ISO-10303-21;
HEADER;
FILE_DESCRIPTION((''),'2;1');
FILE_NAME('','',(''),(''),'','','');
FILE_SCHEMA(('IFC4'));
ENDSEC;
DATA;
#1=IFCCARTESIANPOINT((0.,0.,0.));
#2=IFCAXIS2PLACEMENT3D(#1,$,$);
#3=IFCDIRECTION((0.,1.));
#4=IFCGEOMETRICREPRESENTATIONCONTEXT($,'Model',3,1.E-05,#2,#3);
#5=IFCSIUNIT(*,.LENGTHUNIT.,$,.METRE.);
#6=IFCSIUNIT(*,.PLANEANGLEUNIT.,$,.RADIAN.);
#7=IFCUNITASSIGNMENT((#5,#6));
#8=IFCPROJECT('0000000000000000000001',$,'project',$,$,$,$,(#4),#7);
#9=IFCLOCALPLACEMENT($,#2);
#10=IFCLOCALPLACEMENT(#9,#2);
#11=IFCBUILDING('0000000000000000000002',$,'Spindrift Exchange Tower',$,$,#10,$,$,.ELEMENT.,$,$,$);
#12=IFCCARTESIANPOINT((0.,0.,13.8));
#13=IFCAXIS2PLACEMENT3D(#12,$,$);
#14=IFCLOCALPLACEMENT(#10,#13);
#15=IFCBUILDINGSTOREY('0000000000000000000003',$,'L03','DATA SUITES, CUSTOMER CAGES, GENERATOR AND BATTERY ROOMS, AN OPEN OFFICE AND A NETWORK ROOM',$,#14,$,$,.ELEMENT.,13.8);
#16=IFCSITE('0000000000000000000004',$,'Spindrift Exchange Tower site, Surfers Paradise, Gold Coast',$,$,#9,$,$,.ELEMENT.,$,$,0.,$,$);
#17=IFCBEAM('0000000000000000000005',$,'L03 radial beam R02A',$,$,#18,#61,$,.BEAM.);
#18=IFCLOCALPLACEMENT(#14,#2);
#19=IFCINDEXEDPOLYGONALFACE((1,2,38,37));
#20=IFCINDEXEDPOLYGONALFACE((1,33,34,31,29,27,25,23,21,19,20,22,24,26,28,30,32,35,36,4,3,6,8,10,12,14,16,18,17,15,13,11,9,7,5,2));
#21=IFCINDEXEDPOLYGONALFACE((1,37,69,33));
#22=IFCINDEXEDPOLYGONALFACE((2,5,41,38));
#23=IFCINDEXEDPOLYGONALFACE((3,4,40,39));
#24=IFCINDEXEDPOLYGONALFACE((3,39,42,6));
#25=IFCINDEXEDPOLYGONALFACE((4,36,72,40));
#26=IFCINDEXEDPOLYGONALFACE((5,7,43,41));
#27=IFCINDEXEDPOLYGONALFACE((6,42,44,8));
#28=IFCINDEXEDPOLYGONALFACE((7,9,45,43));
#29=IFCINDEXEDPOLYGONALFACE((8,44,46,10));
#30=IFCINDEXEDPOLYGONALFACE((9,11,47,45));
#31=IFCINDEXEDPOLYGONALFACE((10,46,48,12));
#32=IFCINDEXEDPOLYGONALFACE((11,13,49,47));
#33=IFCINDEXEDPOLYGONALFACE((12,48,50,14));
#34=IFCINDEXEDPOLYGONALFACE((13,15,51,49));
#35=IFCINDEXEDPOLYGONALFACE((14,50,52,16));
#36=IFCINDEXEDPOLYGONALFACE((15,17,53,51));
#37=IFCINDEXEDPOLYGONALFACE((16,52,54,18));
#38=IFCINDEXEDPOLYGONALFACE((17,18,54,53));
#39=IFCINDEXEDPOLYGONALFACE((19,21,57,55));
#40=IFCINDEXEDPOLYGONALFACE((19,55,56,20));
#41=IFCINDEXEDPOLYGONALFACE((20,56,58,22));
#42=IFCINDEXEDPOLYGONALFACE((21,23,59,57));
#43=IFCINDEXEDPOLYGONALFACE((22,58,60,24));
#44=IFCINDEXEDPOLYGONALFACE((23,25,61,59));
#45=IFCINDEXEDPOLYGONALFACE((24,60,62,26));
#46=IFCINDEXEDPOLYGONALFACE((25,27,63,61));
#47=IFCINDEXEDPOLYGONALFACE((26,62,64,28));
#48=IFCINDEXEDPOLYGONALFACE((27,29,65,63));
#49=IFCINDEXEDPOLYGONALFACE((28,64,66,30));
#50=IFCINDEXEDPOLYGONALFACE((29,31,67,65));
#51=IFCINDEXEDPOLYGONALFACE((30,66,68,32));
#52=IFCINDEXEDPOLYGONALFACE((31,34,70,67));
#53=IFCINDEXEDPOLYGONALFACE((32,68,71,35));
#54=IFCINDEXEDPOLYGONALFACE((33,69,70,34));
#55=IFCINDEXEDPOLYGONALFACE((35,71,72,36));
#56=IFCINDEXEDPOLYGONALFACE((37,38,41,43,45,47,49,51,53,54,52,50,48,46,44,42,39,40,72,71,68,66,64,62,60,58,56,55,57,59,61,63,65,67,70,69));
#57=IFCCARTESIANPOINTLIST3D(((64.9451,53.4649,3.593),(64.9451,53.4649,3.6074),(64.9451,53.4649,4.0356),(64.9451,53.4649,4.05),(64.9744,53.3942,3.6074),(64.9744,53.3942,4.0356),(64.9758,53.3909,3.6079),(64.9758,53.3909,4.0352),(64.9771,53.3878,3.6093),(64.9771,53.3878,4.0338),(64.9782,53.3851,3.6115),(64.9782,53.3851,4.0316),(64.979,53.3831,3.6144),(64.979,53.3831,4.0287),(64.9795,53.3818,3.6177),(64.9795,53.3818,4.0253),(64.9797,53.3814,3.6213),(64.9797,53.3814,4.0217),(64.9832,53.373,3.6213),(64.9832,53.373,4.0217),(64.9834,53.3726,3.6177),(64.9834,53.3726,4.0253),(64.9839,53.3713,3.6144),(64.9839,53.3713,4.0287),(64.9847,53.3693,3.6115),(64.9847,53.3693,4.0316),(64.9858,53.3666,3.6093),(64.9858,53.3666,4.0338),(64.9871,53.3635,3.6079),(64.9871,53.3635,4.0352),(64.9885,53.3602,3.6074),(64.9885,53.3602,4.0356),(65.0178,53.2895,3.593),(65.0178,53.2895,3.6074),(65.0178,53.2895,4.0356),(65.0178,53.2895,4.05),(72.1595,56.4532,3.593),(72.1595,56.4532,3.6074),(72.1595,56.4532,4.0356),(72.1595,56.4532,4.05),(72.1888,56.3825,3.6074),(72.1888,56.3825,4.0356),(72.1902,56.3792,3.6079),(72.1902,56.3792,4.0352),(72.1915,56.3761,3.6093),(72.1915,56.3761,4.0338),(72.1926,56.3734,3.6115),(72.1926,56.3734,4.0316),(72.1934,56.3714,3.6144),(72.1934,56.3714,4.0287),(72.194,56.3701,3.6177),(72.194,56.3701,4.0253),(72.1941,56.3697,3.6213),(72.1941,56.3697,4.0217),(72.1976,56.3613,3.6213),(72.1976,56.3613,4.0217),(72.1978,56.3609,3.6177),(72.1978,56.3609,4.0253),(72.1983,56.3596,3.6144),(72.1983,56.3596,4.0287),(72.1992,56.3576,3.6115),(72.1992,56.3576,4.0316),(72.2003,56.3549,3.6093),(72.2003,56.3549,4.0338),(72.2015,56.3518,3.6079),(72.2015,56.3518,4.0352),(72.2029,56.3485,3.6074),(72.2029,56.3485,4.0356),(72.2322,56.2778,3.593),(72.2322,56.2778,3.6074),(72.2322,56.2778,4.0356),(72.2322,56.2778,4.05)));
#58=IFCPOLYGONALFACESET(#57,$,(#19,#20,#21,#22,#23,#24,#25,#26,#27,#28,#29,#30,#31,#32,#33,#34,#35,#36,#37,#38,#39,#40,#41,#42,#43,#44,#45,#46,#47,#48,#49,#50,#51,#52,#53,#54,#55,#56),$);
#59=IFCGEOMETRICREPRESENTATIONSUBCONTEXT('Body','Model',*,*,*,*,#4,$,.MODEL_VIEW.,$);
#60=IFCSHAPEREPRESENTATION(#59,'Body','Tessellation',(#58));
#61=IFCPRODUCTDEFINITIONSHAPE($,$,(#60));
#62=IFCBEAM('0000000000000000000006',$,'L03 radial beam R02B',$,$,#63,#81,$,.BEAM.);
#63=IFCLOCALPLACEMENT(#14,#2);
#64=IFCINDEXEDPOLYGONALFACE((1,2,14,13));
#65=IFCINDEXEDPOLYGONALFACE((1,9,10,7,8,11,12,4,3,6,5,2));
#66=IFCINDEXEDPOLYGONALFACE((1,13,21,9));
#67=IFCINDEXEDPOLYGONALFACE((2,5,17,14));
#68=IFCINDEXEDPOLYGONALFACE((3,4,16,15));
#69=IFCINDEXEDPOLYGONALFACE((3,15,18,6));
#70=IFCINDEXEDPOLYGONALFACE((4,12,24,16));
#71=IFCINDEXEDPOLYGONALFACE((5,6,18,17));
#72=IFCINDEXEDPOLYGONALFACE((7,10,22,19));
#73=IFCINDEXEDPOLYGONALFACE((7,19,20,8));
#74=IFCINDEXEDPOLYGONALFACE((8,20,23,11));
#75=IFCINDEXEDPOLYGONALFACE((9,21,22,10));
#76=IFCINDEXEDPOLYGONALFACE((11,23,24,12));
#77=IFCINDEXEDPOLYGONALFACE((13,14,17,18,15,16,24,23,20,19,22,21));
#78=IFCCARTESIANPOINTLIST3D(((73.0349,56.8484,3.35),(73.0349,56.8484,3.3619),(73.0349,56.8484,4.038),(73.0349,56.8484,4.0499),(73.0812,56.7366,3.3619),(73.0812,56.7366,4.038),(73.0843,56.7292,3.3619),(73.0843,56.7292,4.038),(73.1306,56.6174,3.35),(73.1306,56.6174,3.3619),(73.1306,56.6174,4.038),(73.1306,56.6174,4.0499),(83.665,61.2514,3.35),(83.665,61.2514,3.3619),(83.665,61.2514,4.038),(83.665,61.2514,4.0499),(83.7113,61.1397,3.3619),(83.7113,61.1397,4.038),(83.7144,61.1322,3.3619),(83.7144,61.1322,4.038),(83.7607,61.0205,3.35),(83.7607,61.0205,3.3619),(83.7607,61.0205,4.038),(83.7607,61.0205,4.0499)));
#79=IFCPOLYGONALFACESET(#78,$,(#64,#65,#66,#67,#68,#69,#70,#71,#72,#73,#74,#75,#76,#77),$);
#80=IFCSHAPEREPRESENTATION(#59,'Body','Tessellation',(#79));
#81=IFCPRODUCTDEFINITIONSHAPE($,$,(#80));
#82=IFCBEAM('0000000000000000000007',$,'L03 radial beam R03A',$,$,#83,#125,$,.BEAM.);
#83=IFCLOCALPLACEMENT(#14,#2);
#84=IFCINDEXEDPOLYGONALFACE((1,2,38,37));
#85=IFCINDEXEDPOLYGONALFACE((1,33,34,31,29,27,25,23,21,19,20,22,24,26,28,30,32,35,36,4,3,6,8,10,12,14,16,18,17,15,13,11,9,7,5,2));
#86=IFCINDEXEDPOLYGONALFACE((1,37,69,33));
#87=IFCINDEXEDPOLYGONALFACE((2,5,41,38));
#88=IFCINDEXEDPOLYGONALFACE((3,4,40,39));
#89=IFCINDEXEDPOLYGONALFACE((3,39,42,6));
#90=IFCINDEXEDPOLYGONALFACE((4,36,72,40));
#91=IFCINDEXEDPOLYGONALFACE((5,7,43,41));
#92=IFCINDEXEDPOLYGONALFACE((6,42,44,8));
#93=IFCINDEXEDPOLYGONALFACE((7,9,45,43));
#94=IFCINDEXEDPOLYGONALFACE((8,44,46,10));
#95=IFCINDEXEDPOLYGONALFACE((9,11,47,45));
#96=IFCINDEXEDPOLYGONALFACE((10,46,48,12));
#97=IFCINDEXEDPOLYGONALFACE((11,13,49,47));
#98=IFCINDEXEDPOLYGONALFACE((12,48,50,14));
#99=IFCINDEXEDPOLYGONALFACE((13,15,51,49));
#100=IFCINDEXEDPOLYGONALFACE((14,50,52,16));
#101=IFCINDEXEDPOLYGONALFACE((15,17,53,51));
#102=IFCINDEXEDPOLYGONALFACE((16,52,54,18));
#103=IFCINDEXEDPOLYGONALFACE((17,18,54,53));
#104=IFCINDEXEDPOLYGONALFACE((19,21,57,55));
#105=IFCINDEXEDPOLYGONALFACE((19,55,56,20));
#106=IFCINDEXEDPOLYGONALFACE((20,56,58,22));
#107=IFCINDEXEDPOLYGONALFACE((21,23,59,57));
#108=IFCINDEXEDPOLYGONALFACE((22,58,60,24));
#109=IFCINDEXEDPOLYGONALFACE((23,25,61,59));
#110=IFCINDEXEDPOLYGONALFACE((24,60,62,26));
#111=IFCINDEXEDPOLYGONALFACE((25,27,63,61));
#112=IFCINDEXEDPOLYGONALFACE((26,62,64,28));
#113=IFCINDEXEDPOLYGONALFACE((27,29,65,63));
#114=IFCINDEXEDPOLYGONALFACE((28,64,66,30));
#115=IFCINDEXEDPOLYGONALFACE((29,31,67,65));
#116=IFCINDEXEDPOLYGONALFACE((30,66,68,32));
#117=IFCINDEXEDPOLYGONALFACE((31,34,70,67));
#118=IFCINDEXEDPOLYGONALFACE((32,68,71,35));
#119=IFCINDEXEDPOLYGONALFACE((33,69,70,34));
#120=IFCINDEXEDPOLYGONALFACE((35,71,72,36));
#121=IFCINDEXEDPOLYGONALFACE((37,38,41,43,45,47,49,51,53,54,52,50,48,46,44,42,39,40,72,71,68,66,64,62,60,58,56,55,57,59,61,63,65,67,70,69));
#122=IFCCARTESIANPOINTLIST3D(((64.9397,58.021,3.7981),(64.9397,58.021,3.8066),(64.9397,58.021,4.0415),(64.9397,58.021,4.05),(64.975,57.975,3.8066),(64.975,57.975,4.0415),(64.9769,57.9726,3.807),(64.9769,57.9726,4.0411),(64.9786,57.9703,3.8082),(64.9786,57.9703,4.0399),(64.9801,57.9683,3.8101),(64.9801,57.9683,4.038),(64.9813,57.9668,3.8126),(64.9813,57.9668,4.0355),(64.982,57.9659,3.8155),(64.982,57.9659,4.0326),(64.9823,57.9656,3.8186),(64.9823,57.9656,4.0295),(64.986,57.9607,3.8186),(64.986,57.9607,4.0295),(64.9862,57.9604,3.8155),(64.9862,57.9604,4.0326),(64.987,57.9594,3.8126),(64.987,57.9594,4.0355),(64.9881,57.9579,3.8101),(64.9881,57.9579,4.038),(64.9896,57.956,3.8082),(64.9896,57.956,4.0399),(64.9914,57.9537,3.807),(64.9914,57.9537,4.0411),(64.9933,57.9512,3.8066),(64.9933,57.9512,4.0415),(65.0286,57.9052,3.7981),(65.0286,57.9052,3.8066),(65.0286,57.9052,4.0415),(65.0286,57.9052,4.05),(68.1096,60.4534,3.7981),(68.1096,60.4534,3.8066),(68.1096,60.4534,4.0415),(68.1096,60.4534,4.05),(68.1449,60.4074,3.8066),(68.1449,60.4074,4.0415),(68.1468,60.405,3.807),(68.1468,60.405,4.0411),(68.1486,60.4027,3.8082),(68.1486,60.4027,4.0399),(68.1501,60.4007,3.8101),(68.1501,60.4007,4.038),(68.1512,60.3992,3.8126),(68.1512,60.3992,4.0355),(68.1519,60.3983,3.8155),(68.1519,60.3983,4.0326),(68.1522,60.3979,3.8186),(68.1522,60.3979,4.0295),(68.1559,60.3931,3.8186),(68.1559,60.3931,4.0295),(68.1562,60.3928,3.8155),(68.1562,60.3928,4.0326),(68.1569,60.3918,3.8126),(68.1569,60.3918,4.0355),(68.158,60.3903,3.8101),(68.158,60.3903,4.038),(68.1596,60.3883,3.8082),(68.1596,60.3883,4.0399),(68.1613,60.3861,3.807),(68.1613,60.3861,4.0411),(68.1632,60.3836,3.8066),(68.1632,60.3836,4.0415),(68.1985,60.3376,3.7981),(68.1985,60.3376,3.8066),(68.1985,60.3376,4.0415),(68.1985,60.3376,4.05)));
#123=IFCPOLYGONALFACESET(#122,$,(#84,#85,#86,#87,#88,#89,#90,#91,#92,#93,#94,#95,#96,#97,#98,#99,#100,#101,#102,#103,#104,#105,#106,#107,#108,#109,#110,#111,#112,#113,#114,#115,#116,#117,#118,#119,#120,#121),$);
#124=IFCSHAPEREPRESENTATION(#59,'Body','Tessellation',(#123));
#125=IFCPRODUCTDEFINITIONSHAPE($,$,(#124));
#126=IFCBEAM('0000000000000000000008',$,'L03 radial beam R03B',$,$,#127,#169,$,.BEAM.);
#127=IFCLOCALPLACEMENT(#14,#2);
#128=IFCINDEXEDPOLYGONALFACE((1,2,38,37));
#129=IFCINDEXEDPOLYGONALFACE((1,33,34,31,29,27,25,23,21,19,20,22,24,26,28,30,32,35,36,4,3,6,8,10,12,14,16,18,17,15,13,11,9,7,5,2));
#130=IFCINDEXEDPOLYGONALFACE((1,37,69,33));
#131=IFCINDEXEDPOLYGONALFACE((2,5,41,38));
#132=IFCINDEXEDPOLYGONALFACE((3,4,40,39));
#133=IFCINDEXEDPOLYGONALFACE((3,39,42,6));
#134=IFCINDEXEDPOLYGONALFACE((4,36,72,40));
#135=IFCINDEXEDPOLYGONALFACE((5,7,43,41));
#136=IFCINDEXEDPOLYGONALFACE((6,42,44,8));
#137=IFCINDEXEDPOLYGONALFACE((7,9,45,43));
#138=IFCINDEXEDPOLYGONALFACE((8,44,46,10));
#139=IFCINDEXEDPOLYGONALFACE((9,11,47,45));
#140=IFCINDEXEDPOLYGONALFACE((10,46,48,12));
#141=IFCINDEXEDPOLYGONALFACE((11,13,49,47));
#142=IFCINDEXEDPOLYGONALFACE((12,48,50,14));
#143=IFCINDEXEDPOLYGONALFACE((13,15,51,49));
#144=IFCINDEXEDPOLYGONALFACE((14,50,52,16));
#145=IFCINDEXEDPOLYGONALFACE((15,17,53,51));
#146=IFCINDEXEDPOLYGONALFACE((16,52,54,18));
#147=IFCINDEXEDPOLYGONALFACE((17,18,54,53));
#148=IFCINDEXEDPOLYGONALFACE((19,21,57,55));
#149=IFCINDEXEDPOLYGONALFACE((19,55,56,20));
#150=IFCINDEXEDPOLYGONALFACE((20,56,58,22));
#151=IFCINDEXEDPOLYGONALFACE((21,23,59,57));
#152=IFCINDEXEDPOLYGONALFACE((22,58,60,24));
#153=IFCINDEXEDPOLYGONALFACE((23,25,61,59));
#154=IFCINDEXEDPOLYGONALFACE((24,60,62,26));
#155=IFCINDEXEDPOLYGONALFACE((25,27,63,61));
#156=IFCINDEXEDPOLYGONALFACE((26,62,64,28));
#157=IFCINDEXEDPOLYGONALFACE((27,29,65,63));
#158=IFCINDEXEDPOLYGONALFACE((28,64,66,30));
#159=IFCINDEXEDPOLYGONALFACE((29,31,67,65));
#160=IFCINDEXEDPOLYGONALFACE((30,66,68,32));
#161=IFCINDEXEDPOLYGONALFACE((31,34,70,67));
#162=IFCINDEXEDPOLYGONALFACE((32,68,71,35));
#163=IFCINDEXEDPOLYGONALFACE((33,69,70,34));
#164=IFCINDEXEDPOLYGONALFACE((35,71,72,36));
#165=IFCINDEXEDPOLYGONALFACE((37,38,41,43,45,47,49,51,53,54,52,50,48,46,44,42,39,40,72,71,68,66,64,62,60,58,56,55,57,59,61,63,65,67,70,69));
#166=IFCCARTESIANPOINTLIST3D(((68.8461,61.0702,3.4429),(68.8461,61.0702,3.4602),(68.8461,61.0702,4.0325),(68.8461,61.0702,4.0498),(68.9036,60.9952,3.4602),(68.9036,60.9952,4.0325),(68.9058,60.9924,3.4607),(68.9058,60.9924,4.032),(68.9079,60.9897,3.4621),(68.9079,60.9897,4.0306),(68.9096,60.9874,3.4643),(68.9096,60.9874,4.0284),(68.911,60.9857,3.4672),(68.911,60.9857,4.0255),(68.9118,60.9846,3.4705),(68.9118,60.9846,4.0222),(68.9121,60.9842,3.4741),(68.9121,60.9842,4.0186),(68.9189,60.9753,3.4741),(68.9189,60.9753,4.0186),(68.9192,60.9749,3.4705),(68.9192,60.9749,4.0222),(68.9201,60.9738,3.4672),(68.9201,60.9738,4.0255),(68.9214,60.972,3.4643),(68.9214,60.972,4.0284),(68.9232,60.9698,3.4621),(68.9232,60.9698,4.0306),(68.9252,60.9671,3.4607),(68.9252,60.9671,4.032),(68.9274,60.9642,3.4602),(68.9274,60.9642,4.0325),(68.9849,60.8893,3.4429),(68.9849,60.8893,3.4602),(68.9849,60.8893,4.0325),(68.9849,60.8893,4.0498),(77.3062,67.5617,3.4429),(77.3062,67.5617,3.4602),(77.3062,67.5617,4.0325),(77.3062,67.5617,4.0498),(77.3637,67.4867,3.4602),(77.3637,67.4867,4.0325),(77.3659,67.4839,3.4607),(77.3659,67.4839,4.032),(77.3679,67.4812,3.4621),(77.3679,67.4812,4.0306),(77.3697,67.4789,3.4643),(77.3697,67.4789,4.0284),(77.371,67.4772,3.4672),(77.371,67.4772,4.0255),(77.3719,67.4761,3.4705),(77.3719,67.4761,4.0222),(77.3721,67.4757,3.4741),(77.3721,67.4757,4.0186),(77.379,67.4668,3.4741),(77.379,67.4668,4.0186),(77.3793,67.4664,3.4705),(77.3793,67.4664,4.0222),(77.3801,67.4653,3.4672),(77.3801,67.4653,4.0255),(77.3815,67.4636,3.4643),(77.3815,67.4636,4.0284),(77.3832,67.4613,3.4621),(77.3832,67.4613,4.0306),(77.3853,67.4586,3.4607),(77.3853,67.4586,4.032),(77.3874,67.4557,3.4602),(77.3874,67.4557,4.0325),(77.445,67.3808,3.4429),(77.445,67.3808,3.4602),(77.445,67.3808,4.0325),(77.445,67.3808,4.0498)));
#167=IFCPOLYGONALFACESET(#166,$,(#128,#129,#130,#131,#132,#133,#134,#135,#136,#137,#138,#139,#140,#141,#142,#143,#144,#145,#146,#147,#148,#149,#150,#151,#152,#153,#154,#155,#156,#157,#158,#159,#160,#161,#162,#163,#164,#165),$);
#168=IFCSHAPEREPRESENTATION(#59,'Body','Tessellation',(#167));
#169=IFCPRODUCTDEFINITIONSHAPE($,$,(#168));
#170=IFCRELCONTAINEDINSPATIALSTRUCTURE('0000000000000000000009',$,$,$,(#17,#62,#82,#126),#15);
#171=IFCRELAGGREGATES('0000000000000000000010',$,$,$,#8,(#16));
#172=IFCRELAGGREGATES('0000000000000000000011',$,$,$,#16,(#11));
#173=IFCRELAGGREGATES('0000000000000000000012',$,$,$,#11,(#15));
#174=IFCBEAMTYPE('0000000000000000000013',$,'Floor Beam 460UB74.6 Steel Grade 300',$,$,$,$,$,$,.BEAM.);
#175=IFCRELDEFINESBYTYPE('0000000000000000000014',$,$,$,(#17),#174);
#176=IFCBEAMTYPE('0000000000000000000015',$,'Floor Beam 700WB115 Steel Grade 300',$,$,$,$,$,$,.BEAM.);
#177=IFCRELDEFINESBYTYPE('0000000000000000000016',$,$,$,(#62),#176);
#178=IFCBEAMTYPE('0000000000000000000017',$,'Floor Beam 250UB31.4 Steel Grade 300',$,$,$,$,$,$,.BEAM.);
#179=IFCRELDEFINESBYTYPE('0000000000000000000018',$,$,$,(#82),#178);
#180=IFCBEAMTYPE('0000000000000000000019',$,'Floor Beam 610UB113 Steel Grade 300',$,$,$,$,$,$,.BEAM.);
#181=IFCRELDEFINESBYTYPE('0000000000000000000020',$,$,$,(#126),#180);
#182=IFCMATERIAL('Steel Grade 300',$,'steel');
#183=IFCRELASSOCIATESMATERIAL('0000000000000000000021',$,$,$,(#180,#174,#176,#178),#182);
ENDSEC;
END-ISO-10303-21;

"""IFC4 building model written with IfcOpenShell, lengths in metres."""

from ifc_helpers import new_model, si_unit, direction, frame, origin, origin_2d, place, context, subcontext, project, spatial, i_section, extrude, source, transform, mapped, material, material_profile, profile_set, type_object, element, save


model = new_model("IFC4")

# Units and contexts
model_context = context("Model", 3, precision=1e-05, world=origin(), true_north=direction((0.0, 1.0)))
body_context = subcontext(model_context, "Body", "Model", "MODEL_VIEW")
ifc_project = project(units=[si_unit("LENGTHUNIT", "METRE"), si_unit("PLANEANGLEUNIT", "RADIAN")], contexts=[model_context])

# Site, building, storey
site_placement = place(None, origin())
site = spatial("IfcSite", under=ifc_project, at=site_placement, Name="Spindrift Exchange Tower site, Surfers Paradise, Gold Coast", CompositionType="ELEMENT", RefElevation=0.0)
building_placement = place(site_placement, origin())
building = spatial("IfcBuilding", under=site, at=building_placement, Name="Spindrift Exchange Tower", CompositionType="ELEMENT")
storey_placement = place(building_placement, frame((0.0, 0.0, 13.8)))
storey = spatial("IfcBuildingStorey", under=building, at=storey_placement, Name="L03", Description="DATA SUITES, CUSTOMER CAGES, GENERATOR AND BATTERY ROOMS, AN OPEN OFFICE AND A NETWORK ROOM", CompositionType="ELEMENT", Elevation=13.8)

# Beams
ifc_material_1 = material(Name="Steel Grade 300", Category="steel")
ifc_material_profile_1 = material_profile(ifc_material_1, i_section(OverallWidth=0.228, OverallDepth=0.6069, WebThickness=0.0112, FlangeThickness=0.0173, FilletRadius=0.0139, at=origin_2d()), Name="610UB113")
ifc_profile_set_1 = profile_set([ifc_material_profile_1], Name="Steel Grade 300")
beam_type_1 = type_object("IfcBeamType", Name="Floor Beam 610UB113 Steel Grade 300", PredefinedType="BEAM", material=ifc_profile_set_1)
ifc_material_profile_2 = material_profile(ifc_material_1, i_section(OverallWidth=0.1899, OverallDepth=0.457, WebThickness=0.009, FlangeThickness=0.0144, FilletRadius=0.0139, at=origin_2d()), Name="460UB74.6")
ifc_profile_set_2 = profile_set([ifc_material_profile_2], Name="Steel Grade 300")
beam_type_2 = type_object("IfcBeamType", Name="Floor Beam 460UB74.6 Steel Grade 300", PredefinedType="BEAM", material=ifc_profile_set_2)
shared_shape_1 = source(origin(), body_context, "Body", "SweptSolid", [
    extrude(i_section(OverallWidth=0.1899, OverallDepth=0.457, WebThickness=0.009, FlangeThickness=0.0144, FilletRadius=0.0139, at=origin_2d()), origin(), (0.0, 0.0, 1.0), 7.8088),
])
beam_1_placement = place(storey_placement, frame((64.9814, 53.3772, 3.8215), z_axis=(0.92388, 0.382683, 0.0), x_axis=(-0.382683, 0.92388, 0.0)))
element("IfcBeam", 1, at=beam_1_placement, inside=storey, type_object=beam_type_2, Name="L03 radial beam R02A", PredefinedType="BEAM", context=body_context, shape_type="MappedRepresentation", body=[
    mapped(shared_shape_1, transform((0.0, 0.0, 0.0), scale=1.0)),
])
ifc_material_profile_3 = material_profile(ifc_material_1, i_section(OverallWidth=0.25, OverallDepth=0.7, WebThickness=0.0081, FlangeThickness=0.012, at=origin_2d()), Name="700WB115")
ifc_profile_set_3 = profile_set([ifc_material_profile_3], Name="Steel Grade 300")
beam_type_3 = type_object("IfcBeamType", Name="Floor Beam 700WB115 Steel Grade 300", PredefinedType="BEAM", material=ifc_profile_set_3)
shared_shape_2 = source(origin(), body_context, "Body", "SweptSolid", [
    extrude(i_section(OverallWidth=0.25, OverallDepth=0.7, WebThickness=0.0081, FlangeThickness=0.012, at=origin_2d()), origin(), (0.0, 0.0, 1.0), 11.5059),
])
beam_2_placement = place(storey_placement, frame((73.0828, 56.7329, 3.7), z_axis=(0.923882, 0.382678, 0.0), x_axis=(-0.382678, 0.923882, 0.0)))
element("IfcBeam", 2, at=beam_2_placement, inside=storey, type_object=beam_type_3, Name="L03 radial beam R02B", PredefinedType="BEAM", context=body_context, shape_type="MappedRepresentation", body=[
    mapped(shared_shape_2, transform((0.0, 0.0, 0.0), scale=1.0)),
])
ifc_material_profile_4 = material_profile(ifc_material_1, i_section(OverallWidth=0.146, OverallDepth=0.252, WebThickness=0.0061, FlangeThickness=0.0085, FilletRadius=0.012, at=origin_2d()), Name="250UB31.4")
ifc_profile_set_4 = profile_set([ifc_material_profile_4], Name="Steel Grade 300")
beam_type_4 = type_object("IfcBeamType", Name="Floor Beam 250UB31.4 Steel Grade 300", PredefinedType="BEAM", material=ifc_profile_set_4)
shared_shape_3 = source(origin(), body_context, "Body", "SweptSolid", [
    extrude(i_section(OverallWidth=0.146, OverallDepth=0.252, WebThickness=0.0061, FlangeThickness=0.0085, FilletRadius=0.012, at=origin_2d()), origin(), (0.0, 0.0, 1.0), 3.9956),
])
beam_3_placement = place(storey_placement, frame((64.9841, 57.9631, 3.9241), z_axis=(0.793353, 0.608762, 0.0), x_axis=(-0.608762, 0.793353, 0.0)))
element("IfcBeam", 3, at=beam_3_placement, inside=storey, type_object=beam_type_4, Name="L03 radial beam R03A", PredefinedType="BEAM", context=body_context, shape_type="MappedRepresentation", body=[
    mapped(shared_shape_3, transform((0.0, 0.0, 0.0), scale=1.0)),
])
shared_shape_4 = source(origin(), body_context, "Body", "SweptSolid", [
    extrude(i_section(OverallWidth=0.228, OverallDepth=0.6069, WebThickness=0.0112, FlangeThickness=0.0173, FilletRadius=0.0139, at=origin_2d()), origin(), (0.0, 0.0, 1.0), 10.6636),
])
beam_4_placement = place(storey_placement, frame((68.9155, 60.9797, 3.7463), z_axis=(0.793358, 0.608755, 0.0), x_axis=(-0.608755, 0.793358, 0.0)))
element("IfcBeam", 4, at=beam_4_placement, inside=storey, type_object=beam_type_1, Name="L03 radial beam R03B", PredefinedType="BEAM", context=body_context, shape_type="MappedRepresentation", body=[
    mapped(shared_shape_4, transform((0.0, 0.0, 0.0), scale=1.0)),
])

save(model, "model.ifc")
